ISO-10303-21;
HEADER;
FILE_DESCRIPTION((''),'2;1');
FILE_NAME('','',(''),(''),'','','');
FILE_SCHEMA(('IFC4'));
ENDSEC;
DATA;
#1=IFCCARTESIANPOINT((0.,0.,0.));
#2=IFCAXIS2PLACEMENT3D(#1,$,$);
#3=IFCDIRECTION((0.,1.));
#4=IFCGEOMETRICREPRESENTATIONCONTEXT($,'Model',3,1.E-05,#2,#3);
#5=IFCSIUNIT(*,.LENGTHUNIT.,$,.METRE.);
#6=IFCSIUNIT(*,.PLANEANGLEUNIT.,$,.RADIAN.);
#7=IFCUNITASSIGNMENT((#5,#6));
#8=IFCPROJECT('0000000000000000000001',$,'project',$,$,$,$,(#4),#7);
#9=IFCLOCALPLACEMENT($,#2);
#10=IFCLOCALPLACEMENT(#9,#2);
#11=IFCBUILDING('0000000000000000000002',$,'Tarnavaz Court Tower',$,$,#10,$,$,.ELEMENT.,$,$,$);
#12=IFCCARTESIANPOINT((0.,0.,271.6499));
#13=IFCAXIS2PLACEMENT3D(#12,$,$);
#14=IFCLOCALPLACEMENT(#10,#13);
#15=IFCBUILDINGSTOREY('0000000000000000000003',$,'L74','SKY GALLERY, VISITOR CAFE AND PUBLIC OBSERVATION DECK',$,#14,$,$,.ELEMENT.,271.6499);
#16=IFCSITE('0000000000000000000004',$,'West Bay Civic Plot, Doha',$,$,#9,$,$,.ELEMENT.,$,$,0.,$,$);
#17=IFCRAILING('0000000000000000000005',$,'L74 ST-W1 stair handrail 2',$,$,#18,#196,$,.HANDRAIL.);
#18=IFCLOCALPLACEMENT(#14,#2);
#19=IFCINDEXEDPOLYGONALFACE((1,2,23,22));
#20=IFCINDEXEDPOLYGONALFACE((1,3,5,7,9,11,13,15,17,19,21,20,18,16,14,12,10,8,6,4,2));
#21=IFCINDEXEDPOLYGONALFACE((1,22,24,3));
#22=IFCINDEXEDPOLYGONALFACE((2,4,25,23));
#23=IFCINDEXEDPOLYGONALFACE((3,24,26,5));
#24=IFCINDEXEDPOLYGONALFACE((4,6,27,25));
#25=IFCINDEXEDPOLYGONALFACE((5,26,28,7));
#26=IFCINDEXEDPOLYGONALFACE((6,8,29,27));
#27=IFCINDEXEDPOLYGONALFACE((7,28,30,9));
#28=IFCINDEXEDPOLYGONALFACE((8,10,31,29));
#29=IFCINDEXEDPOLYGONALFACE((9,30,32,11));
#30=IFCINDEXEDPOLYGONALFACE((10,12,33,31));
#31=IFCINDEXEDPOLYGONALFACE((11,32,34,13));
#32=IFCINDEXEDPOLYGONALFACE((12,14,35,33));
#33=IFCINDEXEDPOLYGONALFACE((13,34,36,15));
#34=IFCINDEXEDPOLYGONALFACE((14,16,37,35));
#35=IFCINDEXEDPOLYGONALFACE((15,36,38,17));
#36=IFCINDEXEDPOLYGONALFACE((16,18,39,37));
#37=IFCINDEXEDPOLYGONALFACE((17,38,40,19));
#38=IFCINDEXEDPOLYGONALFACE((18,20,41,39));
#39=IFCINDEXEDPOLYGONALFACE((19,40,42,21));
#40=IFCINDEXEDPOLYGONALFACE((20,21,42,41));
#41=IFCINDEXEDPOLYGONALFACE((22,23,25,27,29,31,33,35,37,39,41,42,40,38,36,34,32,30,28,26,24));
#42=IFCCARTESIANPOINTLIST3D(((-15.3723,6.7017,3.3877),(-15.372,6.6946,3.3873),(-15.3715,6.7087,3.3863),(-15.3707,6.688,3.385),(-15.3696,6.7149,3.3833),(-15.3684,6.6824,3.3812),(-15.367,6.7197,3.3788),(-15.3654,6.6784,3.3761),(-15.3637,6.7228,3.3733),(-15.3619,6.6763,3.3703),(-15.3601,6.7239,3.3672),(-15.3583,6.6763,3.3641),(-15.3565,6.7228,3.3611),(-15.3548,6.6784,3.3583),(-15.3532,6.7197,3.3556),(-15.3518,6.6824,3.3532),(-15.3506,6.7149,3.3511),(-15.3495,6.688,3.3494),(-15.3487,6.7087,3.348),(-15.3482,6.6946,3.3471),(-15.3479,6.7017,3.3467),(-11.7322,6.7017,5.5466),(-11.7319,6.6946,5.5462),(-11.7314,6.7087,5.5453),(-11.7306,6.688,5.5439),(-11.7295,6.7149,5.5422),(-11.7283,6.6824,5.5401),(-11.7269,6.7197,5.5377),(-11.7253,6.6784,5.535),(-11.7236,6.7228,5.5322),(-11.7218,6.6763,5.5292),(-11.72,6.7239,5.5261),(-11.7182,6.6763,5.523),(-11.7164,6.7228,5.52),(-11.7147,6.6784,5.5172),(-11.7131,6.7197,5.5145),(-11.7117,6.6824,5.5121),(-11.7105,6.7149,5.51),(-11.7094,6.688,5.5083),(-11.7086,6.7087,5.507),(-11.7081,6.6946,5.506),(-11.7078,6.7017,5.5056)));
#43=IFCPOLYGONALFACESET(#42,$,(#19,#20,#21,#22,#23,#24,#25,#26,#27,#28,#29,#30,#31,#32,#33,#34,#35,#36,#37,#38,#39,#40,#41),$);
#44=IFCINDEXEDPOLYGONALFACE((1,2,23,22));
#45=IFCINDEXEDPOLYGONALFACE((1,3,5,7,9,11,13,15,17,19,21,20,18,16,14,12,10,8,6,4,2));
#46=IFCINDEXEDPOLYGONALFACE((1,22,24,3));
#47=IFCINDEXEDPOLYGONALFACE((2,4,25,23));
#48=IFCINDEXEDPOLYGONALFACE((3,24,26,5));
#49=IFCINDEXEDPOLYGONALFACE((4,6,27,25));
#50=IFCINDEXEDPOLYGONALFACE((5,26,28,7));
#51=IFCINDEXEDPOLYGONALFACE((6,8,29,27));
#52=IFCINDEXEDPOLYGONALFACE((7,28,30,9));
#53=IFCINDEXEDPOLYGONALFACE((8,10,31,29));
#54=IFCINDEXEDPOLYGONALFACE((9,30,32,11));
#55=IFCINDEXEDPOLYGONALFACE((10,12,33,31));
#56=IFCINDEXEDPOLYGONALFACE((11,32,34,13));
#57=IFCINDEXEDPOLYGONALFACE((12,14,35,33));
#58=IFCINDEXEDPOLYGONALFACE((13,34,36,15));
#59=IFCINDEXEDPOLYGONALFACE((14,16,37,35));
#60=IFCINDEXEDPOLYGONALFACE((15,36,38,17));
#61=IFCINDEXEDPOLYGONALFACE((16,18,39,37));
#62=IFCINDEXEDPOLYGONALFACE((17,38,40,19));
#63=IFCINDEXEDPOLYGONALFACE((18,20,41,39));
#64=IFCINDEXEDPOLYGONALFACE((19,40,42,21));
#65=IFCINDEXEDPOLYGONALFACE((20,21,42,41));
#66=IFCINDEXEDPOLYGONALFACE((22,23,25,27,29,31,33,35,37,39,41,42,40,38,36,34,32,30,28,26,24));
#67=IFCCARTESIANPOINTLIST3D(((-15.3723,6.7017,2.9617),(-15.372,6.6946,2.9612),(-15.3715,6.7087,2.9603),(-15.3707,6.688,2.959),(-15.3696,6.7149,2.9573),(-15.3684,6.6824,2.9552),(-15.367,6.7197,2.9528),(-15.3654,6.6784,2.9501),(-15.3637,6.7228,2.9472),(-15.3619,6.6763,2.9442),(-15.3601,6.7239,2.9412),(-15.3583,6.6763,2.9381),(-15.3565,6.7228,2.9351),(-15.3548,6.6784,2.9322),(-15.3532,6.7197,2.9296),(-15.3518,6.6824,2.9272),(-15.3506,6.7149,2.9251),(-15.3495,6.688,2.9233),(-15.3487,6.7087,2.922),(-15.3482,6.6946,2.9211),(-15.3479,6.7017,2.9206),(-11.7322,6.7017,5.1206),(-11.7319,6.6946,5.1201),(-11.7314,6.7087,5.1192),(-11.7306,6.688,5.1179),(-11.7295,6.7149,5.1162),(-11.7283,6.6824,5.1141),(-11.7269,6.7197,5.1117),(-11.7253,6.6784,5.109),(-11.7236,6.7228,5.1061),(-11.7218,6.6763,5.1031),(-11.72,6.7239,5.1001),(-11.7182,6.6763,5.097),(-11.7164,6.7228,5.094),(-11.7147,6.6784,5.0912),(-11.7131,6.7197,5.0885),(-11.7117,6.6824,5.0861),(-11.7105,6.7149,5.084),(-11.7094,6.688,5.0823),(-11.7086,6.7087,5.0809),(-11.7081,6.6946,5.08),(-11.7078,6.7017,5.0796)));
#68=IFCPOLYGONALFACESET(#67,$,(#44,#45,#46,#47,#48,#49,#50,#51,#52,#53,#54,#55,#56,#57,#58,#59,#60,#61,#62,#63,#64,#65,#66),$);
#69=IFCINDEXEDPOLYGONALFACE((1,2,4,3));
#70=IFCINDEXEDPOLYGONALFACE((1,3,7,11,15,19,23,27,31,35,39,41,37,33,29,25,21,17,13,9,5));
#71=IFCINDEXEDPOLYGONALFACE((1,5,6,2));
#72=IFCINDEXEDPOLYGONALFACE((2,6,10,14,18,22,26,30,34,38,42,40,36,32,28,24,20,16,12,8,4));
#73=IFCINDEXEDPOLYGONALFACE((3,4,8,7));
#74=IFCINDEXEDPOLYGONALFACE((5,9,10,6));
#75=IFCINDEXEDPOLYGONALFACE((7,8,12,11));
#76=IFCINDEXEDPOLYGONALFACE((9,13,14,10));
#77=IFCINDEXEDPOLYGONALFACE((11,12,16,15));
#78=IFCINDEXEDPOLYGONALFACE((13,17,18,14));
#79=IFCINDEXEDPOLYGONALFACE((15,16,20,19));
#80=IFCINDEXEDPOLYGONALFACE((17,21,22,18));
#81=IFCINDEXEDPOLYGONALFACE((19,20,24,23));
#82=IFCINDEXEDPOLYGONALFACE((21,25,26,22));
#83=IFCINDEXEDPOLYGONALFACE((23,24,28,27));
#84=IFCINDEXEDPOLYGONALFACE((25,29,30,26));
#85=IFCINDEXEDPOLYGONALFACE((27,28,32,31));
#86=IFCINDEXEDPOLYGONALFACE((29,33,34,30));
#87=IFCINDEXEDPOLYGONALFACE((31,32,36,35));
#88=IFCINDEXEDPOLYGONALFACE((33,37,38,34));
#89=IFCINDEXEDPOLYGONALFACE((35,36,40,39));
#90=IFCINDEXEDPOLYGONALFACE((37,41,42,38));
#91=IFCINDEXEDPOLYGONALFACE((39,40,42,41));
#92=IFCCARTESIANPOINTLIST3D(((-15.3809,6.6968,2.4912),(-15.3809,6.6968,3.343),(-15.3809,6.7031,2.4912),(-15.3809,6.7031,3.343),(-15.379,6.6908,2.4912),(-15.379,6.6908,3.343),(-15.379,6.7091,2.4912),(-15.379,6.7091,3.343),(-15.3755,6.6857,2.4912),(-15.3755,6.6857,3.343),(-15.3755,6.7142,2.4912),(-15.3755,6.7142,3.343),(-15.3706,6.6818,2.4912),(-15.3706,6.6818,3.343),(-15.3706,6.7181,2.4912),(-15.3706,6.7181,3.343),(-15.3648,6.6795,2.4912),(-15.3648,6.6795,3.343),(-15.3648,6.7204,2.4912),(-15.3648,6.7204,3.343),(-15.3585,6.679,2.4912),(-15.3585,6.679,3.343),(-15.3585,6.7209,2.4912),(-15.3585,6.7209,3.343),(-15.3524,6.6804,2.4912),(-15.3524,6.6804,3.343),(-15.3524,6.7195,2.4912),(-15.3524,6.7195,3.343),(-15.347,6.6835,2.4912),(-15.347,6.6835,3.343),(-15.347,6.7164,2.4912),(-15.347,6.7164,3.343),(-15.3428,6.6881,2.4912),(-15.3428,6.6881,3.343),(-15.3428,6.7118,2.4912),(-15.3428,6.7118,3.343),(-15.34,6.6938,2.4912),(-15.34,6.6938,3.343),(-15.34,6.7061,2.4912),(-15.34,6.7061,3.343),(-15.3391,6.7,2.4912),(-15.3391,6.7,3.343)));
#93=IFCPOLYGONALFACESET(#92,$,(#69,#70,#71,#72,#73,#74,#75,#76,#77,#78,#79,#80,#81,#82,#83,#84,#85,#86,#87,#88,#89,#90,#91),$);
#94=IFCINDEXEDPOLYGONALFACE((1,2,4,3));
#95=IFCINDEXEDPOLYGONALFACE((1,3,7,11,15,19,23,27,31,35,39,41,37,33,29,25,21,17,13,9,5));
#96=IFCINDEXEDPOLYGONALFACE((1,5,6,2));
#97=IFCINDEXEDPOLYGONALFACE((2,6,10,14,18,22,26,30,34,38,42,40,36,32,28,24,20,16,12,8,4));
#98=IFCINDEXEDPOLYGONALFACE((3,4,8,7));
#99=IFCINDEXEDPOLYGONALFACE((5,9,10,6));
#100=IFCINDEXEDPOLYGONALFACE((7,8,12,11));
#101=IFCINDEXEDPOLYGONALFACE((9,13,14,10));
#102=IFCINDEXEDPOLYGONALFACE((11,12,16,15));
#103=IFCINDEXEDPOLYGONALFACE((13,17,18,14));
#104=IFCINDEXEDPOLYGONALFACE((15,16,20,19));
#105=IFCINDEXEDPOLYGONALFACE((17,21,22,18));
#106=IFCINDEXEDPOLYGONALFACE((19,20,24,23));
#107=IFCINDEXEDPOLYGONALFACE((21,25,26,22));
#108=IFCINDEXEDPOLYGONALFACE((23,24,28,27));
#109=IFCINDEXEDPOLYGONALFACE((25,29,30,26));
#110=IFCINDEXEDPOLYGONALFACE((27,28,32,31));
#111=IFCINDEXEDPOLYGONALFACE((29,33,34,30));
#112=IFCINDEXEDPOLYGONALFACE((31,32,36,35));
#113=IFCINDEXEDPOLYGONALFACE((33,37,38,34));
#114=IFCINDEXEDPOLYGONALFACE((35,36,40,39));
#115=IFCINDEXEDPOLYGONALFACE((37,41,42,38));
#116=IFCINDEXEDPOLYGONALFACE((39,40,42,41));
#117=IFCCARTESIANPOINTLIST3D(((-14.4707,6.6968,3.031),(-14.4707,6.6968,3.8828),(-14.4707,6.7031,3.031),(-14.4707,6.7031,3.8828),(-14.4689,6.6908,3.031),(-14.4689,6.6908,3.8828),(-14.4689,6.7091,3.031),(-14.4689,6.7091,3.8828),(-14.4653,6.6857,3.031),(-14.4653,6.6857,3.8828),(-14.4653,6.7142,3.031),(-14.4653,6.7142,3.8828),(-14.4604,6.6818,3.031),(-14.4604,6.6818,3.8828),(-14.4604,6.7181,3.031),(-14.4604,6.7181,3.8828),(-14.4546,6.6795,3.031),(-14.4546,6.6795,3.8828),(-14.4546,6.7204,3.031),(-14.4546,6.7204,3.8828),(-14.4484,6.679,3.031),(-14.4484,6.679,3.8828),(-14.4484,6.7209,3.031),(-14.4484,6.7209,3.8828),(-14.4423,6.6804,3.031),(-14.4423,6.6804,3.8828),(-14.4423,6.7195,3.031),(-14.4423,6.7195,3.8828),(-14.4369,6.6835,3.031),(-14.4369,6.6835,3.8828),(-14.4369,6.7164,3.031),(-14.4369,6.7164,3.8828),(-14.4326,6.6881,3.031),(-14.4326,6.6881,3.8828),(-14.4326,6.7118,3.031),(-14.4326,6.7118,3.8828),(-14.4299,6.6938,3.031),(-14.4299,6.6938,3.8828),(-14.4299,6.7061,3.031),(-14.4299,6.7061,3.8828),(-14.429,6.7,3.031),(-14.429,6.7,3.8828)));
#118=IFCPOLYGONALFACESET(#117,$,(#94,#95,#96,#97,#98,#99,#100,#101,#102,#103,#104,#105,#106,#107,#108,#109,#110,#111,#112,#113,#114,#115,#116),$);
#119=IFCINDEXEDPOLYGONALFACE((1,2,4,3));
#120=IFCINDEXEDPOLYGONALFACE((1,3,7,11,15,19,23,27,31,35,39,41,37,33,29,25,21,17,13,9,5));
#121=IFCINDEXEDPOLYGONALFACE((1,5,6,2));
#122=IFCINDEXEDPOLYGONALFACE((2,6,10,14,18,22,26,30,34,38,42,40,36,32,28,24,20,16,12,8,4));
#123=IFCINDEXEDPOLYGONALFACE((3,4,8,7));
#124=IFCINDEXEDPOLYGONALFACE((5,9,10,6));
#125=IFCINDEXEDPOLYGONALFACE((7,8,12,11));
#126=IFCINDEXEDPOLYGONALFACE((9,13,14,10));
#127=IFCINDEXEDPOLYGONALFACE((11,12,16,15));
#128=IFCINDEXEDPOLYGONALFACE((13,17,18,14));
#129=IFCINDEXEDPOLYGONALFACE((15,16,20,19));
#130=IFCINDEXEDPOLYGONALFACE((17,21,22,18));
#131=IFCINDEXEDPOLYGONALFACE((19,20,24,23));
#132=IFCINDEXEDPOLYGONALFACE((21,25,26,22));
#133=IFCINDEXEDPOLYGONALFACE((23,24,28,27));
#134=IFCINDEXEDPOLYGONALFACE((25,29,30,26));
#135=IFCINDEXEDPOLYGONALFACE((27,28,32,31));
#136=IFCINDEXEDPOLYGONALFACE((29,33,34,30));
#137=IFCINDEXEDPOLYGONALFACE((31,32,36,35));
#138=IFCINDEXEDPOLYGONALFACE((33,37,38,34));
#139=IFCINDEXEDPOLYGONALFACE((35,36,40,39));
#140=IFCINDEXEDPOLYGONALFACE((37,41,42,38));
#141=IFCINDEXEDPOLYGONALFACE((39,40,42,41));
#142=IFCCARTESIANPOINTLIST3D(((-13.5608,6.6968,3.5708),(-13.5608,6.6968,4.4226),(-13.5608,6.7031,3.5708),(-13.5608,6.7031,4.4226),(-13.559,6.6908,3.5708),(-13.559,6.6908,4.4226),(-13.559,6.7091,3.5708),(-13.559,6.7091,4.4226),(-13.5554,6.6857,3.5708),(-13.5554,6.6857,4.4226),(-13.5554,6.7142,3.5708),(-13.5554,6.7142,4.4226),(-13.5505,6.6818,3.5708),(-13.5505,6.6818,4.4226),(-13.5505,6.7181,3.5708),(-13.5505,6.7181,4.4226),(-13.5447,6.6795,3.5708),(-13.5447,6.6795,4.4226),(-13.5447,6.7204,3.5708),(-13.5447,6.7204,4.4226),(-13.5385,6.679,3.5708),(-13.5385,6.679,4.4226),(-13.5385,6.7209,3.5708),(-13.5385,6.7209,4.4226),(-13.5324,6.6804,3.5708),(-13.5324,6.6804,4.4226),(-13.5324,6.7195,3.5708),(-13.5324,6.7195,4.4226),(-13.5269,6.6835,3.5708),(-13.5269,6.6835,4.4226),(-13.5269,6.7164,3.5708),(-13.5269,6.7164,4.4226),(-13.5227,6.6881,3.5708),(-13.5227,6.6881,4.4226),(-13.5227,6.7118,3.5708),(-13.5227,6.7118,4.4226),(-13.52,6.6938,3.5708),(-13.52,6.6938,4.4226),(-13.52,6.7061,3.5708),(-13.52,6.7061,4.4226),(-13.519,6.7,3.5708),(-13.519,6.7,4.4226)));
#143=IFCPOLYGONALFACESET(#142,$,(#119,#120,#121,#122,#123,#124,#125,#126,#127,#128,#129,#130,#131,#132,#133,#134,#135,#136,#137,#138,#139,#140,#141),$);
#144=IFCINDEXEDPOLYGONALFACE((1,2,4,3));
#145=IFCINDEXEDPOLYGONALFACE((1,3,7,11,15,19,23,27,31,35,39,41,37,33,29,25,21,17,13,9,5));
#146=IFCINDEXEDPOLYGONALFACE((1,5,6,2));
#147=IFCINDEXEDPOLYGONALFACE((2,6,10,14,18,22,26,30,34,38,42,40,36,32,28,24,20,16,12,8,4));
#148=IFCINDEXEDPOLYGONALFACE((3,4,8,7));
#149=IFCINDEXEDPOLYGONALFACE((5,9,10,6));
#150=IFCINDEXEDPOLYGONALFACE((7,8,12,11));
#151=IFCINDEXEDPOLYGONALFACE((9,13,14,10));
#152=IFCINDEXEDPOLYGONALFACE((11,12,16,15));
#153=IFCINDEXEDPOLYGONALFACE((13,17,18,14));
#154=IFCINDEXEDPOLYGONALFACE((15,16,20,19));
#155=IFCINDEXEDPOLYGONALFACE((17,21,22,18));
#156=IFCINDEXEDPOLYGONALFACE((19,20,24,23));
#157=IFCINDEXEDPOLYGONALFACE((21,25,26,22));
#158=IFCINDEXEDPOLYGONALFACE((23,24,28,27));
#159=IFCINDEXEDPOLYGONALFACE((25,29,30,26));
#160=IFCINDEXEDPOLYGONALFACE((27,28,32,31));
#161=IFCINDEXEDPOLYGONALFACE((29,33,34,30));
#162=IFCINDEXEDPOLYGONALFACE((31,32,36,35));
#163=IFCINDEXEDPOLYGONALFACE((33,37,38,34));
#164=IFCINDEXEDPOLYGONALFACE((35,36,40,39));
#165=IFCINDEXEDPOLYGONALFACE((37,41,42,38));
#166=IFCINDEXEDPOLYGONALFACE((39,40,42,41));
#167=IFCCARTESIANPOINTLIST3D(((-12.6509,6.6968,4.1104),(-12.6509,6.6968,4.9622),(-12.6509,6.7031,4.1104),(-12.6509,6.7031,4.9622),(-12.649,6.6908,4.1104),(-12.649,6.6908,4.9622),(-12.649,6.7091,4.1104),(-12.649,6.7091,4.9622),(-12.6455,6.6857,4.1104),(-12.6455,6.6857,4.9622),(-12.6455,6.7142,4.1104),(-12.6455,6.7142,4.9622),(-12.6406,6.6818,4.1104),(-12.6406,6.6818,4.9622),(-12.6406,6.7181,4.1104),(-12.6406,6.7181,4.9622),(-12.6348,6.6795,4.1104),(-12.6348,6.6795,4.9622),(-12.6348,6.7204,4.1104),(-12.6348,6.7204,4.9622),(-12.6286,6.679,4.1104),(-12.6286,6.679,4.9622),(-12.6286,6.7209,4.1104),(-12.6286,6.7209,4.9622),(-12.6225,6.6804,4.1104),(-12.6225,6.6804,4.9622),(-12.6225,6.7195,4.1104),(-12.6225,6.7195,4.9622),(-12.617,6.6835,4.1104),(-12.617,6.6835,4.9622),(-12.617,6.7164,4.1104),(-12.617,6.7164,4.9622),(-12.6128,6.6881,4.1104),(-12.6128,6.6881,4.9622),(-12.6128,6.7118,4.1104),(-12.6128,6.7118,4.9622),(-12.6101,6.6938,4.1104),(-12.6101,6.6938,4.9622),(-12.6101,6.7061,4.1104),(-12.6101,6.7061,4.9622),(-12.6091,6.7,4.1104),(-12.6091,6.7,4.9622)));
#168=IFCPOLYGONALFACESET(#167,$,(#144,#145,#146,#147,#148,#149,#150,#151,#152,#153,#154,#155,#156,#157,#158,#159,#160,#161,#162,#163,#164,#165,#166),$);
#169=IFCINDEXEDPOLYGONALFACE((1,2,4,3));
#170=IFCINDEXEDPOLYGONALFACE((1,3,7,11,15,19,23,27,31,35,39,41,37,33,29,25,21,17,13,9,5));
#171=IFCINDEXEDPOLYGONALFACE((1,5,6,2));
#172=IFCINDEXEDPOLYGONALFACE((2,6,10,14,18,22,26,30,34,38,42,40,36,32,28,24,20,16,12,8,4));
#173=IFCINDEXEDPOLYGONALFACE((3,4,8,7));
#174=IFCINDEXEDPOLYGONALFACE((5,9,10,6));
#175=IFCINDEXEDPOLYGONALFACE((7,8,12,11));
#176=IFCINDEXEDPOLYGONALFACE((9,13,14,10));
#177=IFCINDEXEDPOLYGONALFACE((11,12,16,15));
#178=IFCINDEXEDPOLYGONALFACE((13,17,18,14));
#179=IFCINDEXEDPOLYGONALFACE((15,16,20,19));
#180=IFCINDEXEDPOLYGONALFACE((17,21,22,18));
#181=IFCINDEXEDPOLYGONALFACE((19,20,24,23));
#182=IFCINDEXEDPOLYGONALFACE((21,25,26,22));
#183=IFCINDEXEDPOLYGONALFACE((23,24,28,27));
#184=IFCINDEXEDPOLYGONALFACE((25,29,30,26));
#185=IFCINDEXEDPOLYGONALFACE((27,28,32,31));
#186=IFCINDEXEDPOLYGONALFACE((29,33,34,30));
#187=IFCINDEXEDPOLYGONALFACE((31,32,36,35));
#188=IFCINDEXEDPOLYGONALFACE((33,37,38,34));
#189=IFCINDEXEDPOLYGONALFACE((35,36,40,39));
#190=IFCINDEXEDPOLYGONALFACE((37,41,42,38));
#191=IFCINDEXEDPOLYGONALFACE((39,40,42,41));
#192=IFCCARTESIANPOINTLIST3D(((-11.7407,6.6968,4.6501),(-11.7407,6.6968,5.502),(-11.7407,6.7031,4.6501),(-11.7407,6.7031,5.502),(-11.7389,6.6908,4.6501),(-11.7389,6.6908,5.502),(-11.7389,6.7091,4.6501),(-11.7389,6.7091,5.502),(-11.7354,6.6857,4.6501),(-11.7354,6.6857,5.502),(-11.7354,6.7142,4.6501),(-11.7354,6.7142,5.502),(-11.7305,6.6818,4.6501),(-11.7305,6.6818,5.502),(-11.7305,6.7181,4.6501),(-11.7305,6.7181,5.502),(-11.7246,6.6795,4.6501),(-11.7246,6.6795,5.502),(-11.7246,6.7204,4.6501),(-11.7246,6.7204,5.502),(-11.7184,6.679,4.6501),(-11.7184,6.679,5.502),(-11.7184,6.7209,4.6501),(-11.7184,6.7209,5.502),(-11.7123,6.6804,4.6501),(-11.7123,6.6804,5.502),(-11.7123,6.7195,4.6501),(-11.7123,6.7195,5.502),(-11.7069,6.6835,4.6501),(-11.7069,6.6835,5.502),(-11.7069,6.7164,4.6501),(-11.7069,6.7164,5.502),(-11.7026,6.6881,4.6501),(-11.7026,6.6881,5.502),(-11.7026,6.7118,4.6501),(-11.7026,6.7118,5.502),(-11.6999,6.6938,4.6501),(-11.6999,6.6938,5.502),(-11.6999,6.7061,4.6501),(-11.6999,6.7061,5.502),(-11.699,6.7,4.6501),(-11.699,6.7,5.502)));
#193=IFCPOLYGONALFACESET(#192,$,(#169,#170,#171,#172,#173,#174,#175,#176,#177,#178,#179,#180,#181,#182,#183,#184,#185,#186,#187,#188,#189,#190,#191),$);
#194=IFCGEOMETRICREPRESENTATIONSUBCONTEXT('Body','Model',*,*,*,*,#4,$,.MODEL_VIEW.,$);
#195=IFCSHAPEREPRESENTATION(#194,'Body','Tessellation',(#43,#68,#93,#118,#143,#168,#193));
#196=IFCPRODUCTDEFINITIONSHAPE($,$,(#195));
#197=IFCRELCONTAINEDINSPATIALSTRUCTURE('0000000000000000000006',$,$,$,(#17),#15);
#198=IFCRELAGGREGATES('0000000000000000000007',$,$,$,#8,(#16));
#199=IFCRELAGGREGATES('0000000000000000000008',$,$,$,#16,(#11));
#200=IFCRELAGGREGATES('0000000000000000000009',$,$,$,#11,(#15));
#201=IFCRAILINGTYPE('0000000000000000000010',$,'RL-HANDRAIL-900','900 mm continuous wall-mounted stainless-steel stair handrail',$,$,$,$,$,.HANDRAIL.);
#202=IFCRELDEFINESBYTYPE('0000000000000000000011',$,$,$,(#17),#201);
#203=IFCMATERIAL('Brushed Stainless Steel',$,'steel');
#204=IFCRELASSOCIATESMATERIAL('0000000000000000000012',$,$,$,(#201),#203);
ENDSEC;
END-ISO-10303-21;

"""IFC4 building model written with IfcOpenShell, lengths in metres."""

from ifc_helpers import new_model, si_unit, direction, frame, origin, origin_2d, place, context, subcontext, project, spatial, circle, extrude, material, type_object, element, save


model = new_model("IFC4")

# Units and contexts
model_context = context("Model", 3, precision=1e-05, world=origin(), true_north=direction((0.0, 1.0)))
body_context = subcontext(model_context, "Body", "Model", "MODEL_VIEW")
ifc_project = project(units=[si_unit("LENGTHUNIT", "METRE"), si_unit("PLANEANGLEUNIT", "RADIAN")], contexts=[model_context])

# Site, building, storey
site_placement = place(None, origin())
site = spatial("IfcSite", under=ifc_project, at=site_placement, Name="West Bay Civic Plot, Doha", CompositionType="ELEMENT", RefElevation=0.0)
building_placement = place(site_placement, origin())
building = spatial("IfcBuilding", under=site, at=building_placement, Name="Tarnavaz Court Tower", CompositionType="ELEMENT")
storey_placement = place(building_placement, frame((0.0, 0.0, 271.6499)))
storey = spatial("IfcBuildingStorey", under=building, at=storey_placement, Name="L74", Description="SKY GALLERY, VISITOR CAFE AND PUBLIC OBSERVATION DECK", CompositionType="ELEMENT", Elevation=271.6499)

# Railing
ifc_material_1 = material(Name="Brushed Stainless Steel", Category="steel")
railing_type_1 = type_object("IfcRailingType", Name="RL-HANDRAIL-900", Description="900 mm continuous wall-mounted stainless-steel stair handrail", PredefinedType="HANDRAIL", material=ifc_material_1)
railing_1_placement = place(storey_placement, frame((-15.3601, 6.7, 2.4912)))
element("IfcRailing", 1, at=railing_1_placement, inside=storey, type_object=railing_type_1, Name="L74 ST-W1 stair handrail 2", PredefinedType="HANDRAIL", context=body_context, shape_type="SweptSolid", body=[
    extrude(circle(Radius=0.0239, at=origin_2d()), frame((0.0, 0.0, 0.876), z_axis=(0.860103, 0.0, 0.51012), x_axis=(0.0, 1.0, 0.0)), (0.0, 0.0, 1.0), 4.2322),
    extrude(circle(Radius=0.0239, at=origin_2d()), frame((0.0, 0.0, 0.45), z_axis=(0.860103, 0.0, 0.51012), x_axis=(0.0, 1.0, 0.0)), (0.0, 0.0, 1.0), 4.2322),
    extrude(circle(Radius=0.021, at=origin_2d()), origin(), (0.0, 0.0, 1.0), 0.8518),
    extrude(circle(Radius=0.021, at=origin_2d()), frame((0.9102, 0.0, 0.5398)), (0.0, 0.0, 1.0), 0.8518),
    extrude(circle(Radius=0.021, at=origin_2d()), frame((1.8201, 0.0, 1.0796)), (0.0, 0.0, 1.0), 0.8518),
    extrude(circle(Radius=0.021, at=origin_2d()), frame((2.73, 0.0, 1.6191)), (0.0, 0.0, 1.0), 0.8518),
    extrude(circle(Radius=0.021, at=origin_2d()), frame((3.6401, 0.0, 2.1589)), (0.0, 0.0, 1.0), 0.8518),
])

save(model, "model.ifc")
